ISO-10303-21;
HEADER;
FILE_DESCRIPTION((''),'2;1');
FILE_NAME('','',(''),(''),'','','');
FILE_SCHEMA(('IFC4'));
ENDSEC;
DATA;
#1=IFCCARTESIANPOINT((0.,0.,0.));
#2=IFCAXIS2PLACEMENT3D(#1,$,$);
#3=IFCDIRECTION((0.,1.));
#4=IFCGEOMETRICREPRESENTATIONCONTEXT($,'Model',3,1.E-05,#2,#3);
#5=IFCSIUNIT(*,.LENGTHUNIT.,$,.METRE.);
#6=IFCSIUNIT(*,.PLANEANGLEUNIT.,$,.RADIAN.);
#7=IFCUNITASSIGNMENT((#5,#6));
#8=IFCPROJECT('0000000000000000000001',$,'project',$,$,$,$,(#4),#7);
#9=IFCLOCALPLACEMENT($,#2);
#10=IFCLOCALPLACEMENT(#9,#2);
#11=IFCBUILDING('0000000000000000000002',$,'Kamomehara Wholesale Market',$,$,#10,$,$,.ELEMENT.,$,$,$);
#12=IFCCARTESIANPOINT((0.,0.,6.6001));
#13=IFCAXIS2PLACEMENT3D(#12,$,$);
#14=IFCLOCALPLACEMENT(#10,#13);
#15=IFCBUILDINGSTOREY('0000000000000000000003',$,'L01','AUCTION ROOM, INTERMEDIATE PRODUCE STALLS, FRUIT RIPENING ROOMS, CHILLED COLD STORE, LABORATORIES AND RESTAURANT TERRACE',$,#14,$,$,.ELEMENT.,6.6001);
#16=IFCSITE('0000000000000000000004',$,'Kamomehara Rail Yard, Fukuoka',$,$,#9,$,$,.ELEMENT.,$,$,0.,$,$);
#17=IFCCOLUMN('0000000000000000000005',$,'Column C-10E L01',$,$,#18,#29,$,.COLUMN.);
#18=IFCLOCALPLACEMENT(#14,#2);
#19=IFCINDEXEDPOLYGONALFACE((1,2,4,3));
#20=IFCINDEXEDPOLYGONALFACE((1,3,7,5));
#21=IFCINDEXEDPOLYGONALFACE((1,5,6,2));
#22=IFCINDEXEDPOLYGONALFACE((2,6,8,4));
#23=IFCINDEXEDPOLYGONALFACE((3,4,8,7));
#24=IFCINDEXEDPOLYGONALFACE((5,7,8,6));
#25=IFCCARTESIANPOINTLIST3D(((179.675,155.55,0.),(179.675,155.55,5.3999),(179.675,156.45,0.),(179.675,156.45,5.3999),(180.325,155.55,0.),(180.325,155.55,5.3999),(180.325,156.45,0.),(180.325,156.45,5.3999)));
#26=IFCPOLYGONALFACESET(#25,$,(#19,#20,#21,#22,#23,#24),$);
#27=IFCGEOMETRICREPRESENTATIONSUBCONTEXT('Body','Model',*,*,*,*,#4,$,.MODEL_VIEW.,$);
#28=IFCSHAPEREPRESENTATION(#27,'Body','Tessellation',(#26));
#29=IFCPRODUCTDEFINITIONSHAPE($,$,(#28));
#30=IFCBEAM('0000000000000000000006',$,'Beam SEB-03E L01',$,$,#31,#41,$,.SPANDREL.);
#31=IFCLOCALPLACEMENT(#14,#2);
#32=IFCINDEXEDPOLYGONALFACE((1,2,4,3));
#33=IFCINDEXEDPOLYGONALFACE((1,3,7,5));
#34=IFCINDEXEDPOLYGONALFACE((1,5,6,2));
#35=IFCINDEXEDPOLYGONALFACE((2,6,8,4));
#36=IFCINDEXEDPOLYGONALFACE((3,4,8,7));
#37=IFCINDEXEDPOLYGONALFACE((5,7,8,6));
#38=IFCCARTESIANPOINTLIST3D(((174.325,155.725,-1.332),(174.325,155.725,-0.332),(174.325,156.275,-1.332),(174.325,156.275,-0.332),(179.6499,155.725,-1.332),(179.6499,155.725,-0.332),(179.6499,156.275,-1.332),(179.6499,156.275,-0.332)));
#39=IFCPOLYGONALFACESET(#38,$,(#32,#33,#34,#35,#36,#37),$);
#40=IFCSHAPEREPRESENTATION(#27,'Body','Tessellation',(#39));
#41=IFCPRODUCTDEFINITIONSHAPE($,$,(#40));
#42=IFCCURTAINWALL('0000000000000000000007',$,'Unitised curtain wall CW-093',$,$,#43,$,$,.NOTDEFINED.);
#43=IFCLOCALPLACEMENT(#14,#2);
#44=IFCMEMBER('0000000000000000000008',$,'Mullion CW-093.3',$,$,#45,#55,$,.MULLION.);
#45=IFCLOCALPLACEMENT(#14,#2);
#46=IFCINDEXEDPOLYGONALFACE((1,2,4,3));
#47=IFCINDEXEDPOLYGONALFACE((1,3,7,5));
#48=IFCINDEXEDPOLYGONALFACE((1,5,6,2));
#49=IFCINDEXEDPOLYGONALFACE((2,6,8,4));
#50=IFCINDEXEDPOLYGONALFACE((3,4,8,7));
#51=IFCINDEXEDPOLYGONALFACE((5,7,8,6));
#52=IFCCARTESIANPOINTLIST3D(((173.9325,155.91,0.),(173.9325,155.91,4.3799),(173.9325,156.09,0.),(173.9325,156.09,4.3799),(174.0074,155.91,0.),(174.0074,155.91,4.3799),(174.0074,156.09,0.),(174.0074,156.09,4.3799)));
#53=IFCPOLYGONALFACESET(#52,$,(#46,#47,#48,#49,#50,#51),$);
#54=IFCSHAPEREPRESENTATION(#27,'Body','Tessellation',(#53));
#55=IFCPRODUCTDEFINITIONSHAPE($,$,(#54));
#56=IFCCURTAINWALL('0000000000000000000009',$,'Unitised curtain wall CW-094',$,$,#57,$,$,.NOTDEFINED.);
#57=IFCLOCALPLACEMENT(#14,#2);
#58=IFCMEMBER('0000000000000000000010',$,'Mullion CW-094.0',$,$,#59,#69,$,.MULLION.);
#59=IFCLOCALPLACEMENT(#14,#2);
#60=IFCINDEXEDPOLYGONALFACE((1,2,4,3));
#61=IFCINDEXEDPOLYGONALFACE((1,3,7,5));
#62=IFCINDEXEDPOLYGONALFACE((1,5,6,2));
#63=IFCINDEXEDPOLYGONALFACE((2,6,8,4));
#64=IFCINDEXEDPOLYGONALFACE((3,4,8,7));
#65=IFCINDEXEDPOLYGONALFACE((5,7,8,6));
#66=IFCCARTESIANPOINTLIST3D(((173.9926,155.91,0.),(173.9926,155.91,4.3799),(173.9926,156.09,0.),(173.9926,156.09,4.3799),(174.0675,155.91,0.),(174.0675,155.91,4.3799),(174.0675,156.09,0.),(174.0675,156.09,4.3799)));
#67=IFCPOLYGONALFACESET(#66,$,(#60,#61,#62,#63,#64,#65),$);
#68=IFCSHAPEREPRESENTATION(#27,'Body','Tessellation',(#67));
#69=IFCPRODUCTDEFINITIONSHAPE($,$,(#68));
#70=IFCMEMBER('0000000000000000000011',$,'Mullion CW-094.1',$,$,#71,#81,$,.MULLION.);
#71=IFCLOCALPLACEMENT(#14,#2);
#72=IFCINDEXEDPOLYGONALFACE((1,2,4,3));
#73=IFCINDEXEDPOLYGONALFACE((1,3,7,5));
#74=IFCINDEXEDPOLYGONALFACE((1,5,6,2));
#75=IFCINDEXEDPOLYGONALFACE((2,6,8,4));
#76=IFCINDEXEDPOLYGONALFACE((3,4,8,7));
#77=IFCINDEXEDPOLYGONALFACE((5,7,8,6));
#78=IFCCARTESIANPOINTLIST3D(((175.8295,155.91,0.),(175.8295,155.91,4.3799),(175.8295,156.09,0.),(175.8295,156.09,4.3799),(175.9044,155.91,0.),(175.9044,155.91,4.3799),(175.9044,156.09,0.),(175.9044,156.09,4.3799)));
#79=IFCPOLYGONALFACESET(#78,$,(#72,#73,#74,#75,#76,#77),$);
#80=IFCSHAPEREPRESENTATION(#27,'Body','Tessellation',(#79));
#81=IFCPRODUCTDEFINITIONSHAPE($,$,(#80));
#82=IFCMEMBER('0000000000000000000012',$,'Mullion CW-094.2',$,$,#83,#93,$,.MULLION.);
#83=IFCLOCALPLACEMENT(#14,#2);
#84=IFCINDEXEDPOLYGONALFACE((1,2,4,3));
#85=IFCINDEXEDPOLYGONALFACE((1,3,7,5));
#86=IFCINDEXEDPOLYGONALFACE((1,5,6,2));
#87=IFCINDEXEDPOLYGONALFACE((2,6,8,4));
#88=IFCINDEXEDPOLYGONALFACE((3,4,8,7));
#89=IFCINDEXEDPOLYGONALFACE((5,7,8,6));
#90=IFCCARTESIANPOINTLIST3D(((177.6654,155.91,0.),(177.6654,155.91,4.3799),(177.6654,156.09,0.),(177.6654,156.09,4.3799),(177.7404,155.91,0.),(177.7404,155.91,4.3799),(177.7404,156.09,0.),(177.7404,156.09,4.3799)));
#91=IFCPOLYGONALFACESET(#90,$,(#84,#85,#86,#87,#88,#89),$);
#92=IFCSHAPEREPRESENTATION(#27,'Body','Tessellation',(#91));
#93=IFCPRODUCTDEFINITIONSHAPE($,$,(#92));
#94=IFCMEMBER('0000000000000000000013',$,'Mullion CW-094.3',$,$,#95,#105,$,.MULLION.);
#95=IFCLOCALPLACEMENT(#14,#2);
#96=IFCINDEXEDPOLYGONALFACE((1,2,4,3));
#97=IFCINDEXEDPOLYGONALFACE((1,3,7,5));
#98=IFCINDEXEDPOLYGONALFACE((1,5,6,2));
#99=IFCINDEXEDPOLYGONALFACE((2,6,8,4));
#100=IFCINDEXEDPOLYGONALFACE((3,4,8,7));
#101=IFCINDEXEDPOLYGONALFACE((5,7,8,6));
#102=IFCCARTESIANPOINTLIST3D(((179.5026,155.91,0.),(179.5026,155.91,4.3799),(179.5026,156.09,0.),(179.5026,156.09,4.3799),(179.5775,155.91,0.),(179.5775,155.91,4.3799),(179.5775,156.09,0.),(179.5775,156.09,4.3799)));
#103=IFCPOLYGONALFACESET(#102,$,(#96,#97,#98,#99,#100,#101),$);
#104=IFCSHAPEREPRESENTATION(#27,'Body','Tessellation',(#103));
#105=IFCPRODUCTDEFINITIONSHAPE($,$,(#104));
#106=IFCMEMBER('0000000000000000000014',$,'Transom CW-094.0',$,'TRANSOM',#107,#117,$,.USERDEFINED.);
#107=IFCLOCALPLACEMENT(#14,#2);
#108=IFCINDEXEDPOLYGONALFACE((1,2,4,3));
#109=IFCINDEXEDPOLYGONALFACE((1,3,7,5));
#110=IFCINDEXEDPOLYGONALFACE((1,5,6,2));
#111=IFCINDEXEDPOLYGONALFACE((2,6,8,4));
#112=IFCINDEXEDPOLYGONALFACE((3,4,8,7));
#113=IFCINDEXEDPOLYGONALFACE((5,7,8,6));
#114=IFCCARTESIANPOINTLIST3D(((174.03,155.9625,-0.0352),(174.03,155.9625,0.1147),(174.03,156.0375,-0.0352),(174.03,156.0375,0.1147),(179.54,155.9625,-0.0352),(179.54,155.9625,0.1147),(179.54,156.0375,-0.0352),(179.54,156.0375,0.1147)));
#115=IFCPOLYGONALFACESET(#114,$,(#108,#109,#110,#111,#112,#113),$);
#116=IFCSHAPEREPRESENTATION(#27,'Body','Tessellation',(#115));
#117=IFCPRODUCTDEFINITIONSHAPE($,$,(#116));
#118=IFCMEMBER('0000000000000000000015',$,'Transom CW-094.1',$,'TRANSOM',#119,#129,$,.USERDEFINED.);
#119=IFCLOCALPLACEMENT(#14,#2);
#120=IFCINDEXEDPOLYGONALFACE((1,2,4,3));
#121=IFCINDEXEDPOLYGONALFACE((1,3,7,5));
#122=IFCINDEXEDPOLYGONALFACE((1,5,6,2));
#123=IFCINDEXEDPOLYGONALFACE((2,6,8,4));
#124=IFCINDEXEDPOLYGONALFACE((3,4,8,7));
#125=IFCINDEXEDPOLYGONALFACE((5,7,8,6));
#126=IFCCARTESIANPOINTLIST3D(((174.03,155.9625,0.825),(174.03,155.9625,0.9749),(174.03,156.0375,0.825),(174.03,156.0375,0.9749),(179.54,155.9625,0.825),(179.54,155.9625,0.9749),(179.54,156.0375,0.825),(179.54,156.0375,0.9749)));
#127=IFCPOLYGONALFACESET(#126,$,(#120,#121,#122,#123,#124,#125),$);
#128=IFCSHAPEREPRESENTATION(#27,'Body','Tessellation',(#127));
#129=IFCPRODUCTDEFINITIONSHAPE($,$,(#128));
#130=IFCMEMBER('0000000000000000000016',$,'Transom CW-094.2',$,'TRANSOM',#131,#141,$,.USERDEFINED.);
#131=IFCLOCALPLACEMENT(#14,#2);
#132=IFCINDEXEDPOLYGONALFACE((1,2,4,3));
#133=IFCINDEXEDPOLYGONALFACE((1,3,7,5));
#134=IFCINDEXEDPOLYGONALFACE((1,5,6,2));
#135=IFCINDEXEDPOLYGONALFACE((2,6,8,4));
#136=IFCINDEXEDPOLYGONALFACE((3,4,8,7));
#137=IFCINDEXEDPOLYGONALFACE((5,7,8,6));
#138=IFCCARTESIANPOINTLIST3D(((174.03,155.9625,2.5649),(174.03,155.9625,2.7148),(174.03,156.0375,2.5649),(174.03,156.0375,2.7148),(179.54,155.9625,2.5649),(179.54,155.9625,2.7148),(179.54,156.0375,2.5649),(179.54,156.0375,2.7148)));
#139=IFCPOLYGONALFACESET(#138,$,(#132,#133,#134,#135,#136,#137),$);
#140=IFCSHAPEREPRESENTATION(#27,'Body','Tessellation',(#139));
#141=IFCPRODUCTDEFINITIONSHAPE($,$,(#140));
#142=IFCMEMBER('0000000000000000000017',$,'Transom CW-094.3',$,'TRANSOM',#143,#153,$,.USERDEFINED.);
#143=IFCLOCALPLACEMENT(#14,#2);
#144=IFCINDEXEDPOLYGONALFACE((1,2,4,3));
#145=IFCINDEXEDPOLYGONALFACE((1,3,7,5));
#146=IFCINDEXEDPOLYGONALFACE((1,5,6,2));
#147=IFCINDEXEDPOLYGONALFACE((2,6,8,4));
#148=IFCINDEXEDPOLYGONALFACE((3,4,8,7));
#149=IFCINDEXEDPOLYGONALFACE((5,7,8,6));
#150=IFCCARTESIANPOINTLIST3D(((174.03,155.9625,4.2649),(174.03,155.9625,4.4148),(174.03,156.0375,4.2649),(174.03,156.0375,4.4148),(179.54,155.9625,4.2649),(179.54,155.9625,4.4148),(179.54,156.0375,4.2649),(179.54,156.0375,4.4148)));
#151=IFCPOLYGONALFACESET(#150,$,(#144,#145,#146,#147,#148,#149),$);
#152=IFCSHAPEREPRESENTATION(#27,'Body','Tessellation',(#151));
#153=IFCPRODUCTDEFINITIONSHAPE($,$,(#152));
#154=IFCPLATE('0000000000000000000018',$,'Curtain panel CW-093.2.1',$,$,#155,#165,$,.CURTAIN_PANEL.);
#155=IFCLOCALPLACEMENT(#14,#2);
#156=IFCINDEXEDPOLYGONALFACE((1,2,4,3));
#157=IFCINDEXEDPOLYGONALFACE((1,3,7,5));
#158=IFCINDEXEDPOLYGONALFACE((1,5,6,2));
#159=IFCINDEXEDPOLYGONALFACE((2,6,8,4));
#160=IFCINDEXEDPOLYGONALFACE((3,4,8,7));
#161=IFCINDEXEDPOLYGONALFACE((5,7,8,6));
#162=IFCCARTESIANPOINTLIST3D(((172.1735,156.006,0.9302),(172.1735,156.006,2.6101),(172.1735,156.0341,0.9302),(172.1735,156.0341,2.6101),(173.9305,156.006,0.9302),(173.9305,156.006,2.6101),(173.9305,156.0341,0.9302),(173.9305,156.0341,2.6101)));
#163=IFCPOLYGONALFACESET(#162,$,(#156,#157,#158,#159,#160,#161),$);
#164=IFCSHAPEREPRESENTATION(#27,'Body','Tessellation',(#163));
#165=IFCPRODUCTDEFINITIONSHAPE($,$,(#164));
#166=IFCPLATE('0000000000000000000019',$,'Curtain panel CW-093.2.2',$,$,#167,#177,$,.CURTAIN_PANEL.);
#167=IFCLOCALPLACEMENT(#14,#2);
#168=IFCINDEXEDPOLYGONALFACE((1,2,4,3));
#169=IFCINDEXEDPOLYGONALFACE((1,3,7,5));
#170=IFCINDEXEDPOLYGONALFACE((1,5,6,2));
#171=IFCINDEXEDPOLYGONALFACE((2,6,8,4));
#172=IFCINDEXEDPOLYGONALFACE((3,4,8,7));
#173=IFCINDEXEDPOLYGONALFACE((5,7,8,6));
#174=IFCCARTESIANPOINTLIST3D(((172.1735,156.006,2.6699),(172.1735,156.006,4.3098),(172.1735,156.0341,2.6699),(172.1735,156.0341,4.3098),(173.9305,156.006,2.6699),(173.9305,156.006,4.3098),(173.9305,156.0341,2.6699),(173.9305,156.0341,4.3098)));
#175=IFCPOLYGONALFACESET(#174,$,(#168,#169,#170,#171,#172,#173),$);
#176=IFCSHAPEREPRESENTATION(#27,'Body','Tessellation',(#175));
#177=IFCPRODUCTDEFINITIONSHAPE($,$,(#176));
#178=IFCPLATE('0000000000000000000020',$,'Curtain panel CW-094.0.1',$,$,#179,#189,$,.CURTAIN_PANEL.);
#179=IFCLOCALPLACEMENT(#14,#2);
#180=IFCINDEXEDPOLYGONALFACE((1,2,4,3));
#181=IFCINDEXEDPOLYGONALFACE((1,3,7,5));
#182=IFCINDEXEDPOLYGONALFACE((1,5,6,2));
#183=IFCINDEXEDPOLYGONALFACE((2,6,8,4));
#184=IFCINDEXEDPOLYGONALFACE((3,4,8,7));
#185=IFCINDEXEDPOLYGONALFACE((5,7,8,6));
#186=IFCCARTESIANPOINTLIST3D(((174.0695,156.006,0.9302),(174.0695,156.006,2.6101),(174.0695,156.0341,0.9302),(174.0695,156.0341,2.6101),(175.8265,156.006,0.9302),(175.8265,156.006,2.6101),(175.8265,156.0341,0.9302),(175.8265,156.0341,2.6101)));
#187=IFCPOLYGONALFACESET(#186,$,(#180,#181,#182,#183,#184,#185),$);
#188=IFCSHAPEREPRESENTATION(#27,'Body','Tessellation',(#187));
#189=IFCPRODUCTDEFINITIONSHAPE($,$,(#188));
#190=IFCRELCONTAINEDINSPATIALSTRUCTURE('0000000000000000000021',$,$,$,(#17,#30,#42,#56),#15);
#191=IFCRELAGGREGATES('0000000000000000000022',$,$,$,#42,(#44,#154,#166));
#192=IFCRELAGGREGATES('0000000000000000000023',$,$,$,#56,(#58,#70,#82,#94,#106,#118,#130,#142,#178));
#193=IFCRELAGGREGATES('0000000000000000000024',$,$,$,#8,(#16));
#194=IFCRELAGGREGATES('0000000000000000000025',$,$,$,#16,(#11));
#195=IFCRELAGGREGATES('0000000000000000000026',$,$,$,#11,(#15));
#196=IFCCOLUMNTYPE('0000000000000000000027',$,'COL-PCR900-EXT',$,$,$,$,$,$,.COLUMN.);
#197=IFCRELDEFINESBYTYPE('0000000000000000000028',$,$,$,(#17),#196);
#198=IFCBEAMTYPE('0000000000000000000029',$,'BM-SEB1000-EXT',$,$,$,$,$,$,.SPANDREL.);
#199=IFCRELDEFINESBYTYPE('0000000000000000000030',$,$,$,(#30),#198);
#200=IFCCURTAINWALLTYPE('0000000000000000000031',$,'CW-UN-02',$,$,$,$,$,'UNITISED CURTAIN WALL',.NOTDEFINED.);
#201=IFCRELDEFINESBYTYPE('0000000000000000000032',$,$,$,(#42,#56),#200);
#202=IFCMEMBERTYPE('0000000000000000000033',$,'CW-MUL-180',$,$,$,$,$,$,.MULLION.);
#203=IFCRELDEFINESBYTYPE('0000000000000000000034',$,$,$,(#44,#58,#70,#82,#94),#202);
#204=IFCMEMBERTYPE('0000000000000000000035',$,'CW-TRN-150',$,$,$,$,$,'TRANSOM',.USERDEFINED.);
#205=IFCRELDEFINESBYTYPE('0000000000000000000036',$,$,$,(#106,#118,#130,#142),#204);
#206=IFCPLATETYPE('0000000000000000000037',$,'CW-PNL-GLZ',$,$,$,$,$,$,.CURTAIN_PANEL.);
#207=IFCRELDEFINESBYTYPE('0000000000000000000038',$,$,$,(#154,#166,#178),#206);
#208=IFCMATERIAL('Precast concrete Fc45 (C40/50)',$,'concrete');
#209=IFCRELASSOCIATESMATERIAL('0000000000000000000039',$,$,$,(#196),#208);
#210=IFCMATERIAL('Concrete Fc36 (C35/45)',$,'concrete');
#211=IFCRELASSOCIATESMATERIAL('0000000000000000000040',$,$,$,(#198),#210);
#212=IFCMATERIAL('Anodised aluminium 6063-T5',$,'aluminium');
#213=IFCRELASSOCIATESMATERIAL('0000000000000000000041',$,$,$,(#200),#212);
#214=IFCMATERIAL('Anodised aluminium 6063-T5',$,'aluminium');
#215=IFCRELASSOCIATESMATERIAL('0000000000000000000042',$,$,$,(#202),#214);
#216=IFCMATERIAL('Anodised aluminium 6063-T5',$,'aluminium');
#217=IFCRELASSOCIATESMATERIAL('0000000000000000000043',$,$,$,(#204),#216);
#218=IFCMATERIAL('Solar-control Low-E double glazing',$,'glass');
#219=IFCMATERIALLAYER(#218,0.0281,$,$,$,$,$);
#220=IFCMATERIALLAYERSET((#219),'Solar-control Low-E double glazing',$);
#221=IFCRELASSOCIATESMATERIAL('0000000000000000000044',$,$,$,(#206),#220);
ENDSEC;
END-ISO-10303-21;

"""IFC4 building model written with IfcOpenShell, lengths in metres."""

from ifc_helpers import new_model, si_unit, direction, frame, origin, origin_2d, place, context, subcontext, project, spatial, rectangle, extrude, material, layer, layer_set, material_profile, profile_set, type_object, element, aggregate, save


model = new_model("IFC4")

# Units and contexts
model_context = context("Model", 3, precision=1e-05, world=origin(), true_north=direction((0.0, 1.0)))
body_context = subcontext(model_context, "Body", "Model", "MODEL_VIEW")
ifc_project = project(units=[si_unit("LENGTHUNIT", "METRE"), si_unit("PLANEANGLEUNIT", "RADIAN")], contexts=[model_context])

# Site, building, storey
site_placement = place(None, origin())
site = spatial("IfcSite", under=ifc_project, at=site_placement, Name="Kamomehara Rail Yard, Fukuoka", CompositionType="ELEMENT", RefElevation=0.0)
building_placement = place(site_placement, origin())
building = spatial("IfcBuilding", under=site, at=building_placement, Name="Kamomehara Wholesale Market", CompositionType="ELEMENT")
storey_placement = place(building_placement, frame((0.0, 0.0, 6.6001)))
storey = spatial("IfcBuildingStorey", under=building, at=storey_placement, Name="L01", Description="AUCTION ROOM, INTERMEDIATE PRODUCE STALLS, FRUIT RIPENING ROOMS, CHILLED COLD STORE, LABORATORIES AND RESTAURANT TERRACE", CompositionType="ELEMENT", Elevation=6.6001)

# Column
ifc_material_1 = material(Name="Precast concrete Fc45 (C40/50)", Category="concrete")
ifc_material_profile_1 = material_profile(ifc_material_1, rectangle(XDim=0.6499, YDim=0.8999, at=origin_2d()), Name="PC-COL-650x900")
ifc_profile_set_1 = profile_set([ifc_material_profile_1], Name="Precast concrete Fc45 (C40/50)")
column_type = type_object("IfcColumnType", Name="COL-PCR900-EXT", PredefinedType="COLUMN", material=ifc_profile_set_1)
column_placement = place(storey_placement, frame((180.0, 156.0, 0.0), z_axis=(0.0, 0.0, 1.0), x_axis=(1.0, 0.0, 0.0)))
element("IfcColumn", 1, at=column_placement, inside=storey, type_object=column_type, Name="Column C-10E L01", PredefinedType="COLUMN", context=body_context, shape_type="SweptSolid", body=[
    extrude(rectangle(XDim=0.6499, YDim=0.8999, at=origin_2d()), origin(), (0.0, 0.0, 1.0), 5.3999),
])

# Beam
ifc_material_2 = material(Name="Concrete Fc36 (C35/45)", Category="concrete")
ifc_material_profile_2 = material_profile(ifc_material_2, rectangle(XDim=0.55, YDim=1.0, at=origin_2d()), Name="RC-SEB-550x1000")
ifc_profile_set_2 = profile_set([ifc_material_profile_2], Name="Concrete Fc36 (C35/45)")
beam_type = type_object("IfcBeamType", Name="BM-SEB1000-EXT", PredefinedType="SPANDREL", material=ifc_profile_set_2)
beam_placement = place(storey_placement, frame((174.325, 156.0, -0.832), z_axis=(1.0, 0.0, 0.0), x_axis=(0.0, 1.0, 0.0)))
element("IfcBeam", 2, at=beam_placement, inside=storey, type_object=beam_type, Name="Beam SEB-03E L01", PredefinedType="SPANDREL", context=body_context, shape_type="SweptSolid", body=[
    extrude(rectangle(XDim=0.55, YDim=1.0, at=origin_2d()), origin(), (0.0, 0.0, 1.0), 5.325),
])

# Curtain wall, member
ifc_material_3 = material(Name="Anodised aluminium 6063-T5", Category="aluminium")
curtain_wall_type = type_object("IfcCurtainWallType", Name="CW-UN-02", ElementType="UNITISED CURTAIN WALL", PredefinedType="NOTDEFINED", material=ifc_material_3)
curtain_wall_1_placement = place(storey_placement, origin())
curtain_wall_1 = element("IfcCurtainWall", 3, at=curtain_wall_1_placement, inside=storey, type_object=curtain_wall_type, Name="Unitised curtain wall CW-093", PredefinedType="NOTDEFINED")
ifc_material_4 = material(Name="Anodised aluminium 6063-T5", Category="aluminium")
ifc_material_profile_3 = material_profile(ifc_material_4, rectangle(XDim=0.075, YDim=0.1799, at=origin_2d()), Name="ALU-MUL-75x180")
ifc_profile_set_3 = profile_set([ifc_material_profile_3], Name="Anodised aluminium 6063-T5")
member_type_1 = type_object("IfcMemberType", Name="CW-MUL-180", PredefinedType="MULLION", material=ifc_profile_set_3)
member_1_placement = place(storey_placement, frame((173.97, 156.0, 0.0), z_axis=(0.0, 0.0, 1.0), x_axis=(1.0, 0.0, 0.0)))
member_1 = element("IfcMember", 4, at=member_1_placement, type_object=member_type_1, Name="Mullion CW-093.3", PredefinedType="MULLION", context=body_context, shape_type="SweptSolid", body=[
    extrude(rectangle(XDim=0.075, YDim=0.1799, at=origin_2d()), origin(), (0.0, 0.0, 1.0), 4.3799),
])

# Curtain wall, members
curtain_wall_2_placement = place(storey_placement, origin())
curtain_wall_2 = element("IfcCurtainWall", 5, at=curtain_wall_2_placement, inside=storey, type_object=curtain_wall_type, Name="Unitised curtain wall CW-094", PredefinedType="NOTDEFINED")
member_2_placement = place(storey_placement, frame((174.03, 156.0, 0.0), z_axis=(0.0, 0.0, 1.0), x_axis=(1.0, 0.0, 0.0)))
member_2 = element("IfcMember", 6, at=member_2_placement, type_object=member_type_1, Name="Mullion CW-094.0", PredefinedType="MULLION", context=body_context, shape_type="SweptSolid", body=[
    extrude(rectangle(XDim=0.075, YDim=0.1799, at=origin_2d()), origin(), (0.0, 0.0, 1.0), 4.3799),
])
member_3_placement = place(storey_placement, frame((175.8669, 156.0, 0.0), z_axis=(0.0, 0.0, 1.0), x_axis=(1.0, 0.0, 0.0)))
member_3 = element("IfcMember", 7, at=member_3_placement, type_object=member_type_1, Name="Mullion CW-094.1", PredefinedType="MULLION", context=body_context, shape_type="SweptSolid", body=[
    extrude(rectangle(XDim=0.075, YDim=0.1799, at=origin_2d()), origin(), (0.0, 0.0, 1.0), 4.3799),
])
member_4_placement = place(storey_placement, frame((177.7029, 156.0, 0.0), z_axis=(0.0, 0.0, 1.0), x_axis=(1.0, 0.0, 0.0)))
member_4 = element("IfcMember", 8, at=member_4_placement, type_object=member_type_1, Name="Mullion CW-094.2", PredefinedType="MULLION", context=body_context, shape_type="SweptSolid", body=[
    extrude(rectangle(XDim=0.075, YDim=0.1799, at=origin_2d()), origin(), (0.0, 0.0, 1.0), 4.3799),
])
member_5_placement = place(storey_placement, frame((179.54, 156.0, 0.0), z_axis=(0.0, 0.0, 1.0), x_axis=(1.0, 0.0, 0.0)))
member_5 = element("IfcMember", 9, at=member_5_placement, type_object=member_type_1, Name="Mullion CW-094.3", PredefinedType="MULLION", context=body_context, shape_type="SweptSolid", body=[
    extrude(rectangle(XDim=0.075, YDim=0.1799, at=origin_2d()), origin(), (0.0, 0.0, 1.0), 4.3799),
])
ifc_material_5 = material(Name="Anodised aluminium 6063-T5", Category="aluminium")
ifc_material_profile_4 = material_profile(ifc_material_5, rectangle(XDim=0.075, YDim=0.1499, at=origin_2d()), Name="ALU-TRN-75x150")
ifc_profile_set_4 = profile_set([ifc_material_profile_4], Name="Anodised aluminium 6063-T5")
member_type_2 = type_object("IfcMemberType", Name="CW-TRN-150", ElementType="TRANSOM", PredefinedType="USERDEFINED", material=ifc_profile_set_4)
member_6_placement = place(storey_placement, frame((174.03, 156.0, 0.0398), z_axis=(1.0, 0.0, 0.0), x_axis=(0.0, 1.0, 0.0)))
member_6 = element("IfcMember", 10, at=member_6_placement, type_object=member_type_2, Name="Transom CW-094.0", ObjectType="TRANSOM", PredefinedType="USERDEFINED", context=body_context, shape_type="SweptSolid", body=[
    extrude(rectangle(XDim=0.075, YDim=0.1499, at=origin_2d()), origin(), (0.0, 0.0, 1.0), 5.51),
])
member_7_placement = place(storey_placement, frame((174.03, 156.0, 0.8999), z_axis=(1.0, 0.0, 0.0), x_axis=(0.0, 1.0, 0.0)))
member_7 = element("IfcMember", 11, at=member_7_placement, type_object=member_type_2, Name="Transom CW-094.1", ObjectType="TRANSOM", PredefinedType="USERDEFINED", context=body_context, shape_type="SweptSolid", body=[
    extrude(rectangle(XDim=0.075, YDim=0.1499, at=origin_2d()), origin(), (0.0, 0.0, 1.0), 5.51),
])
member_8_placement = place(storey_placement, frame((174.03, 156.0, 2.6399), z_axis=(1.0, 0.0, 0.0), x_axis=(0.0, 1.0, 0.0)))
member_8 = element("IfcMember", 12, at=member_8_placement, type_object=member_type_2, Name="Transom CW-094.2", ObjectType="TRANSOM", PredefinedType="USERDEFINED", context=body_context, shape_type="SweptSolid", body=[
    extrude(rectangle(XDim=0.075, YDim=0.1499, at=origin_2d()), origin(), (0.0, 0.0, 1.0), 5.51),
])
member_9_placement = place(storey_placement, frame((174.03, 156.0, 4.3398), z_axis=(1.0, 0.0, 0.0), x_axis=(0.0, 1.0, 0.0)))
member_9 = element("IfcMember", 13, at=member_9_placement, type_object=member_type_2, Name="Transom CW-094.3", ObjectType="TRANSOM", PredefinedType="USERDEFINED", context=body_context, shape_type="SweptSolid", body=[
    extrude(rectangle(XDim=0.075, YDim=0.1499, at=origin_2d()), origin(), (0.0, 0.0, 1.0), 5.51),
])

# Plates
ifc_material_6 = material(Name="Solar-control Low-E double glazing", Category="glass")
ifc_layer_1 = layer(ifc_material_6, 0.0281)
ifc_layer_set_1 = layer_set([ifc_layer_1], Name="Solar-control Low-E double glazing")
plate_type_1 = type_object("IfcPlateType", Name="CW-PNL-GLZ", PredefinedType="CURTAIN_PANEL", material=ifc_layer_set_1)
plate_1_placement = place(storey_placement, frame((173.052, 156.02, 0.9302), z_axis=(0.0, 0.0, 1.0), x_axis=(1.0, 0.0, 0.0)))
plate_1 = element("IfcPlate", 14, at=plate_1_placement, type_object=plate_type_1, Name="Curtain panel CW-093.2.1", PredefinedType="CURTAIN_PANEL", context=body_context, shape_type="SweptSolid", body=[
    extrude(rectangle(XDim=1.7571, YDim=0.0281, at=origin_2d()), origin(), (0.0, 0.0, 1.0), 1.6799),
])
plate_2_placement = place(storey_placement, frame((173.052, 156.02, 2.6699), z_axis=(0.0, 0.0, 1.0), x_axis=(1.0, 0.0, 0.0)))
plate_2 = element("IfcPlate", 15, at=plate_2_placement, type_object=plate_type_1, Name="Curtain panel CW-093.2.2", PredefinedType="CURTAIN_PANEL", context=body_context, shape_type="SweptSolid", body=[
    extrude(rectangle(XDim=1.7571, YDim=0.0281, at=origin_2d()), origin(), (0.0, 0.0, 1.0), 1.6399),
])
aggregate(curtain_wall_1, [member_1, plate_1, plate_2])
plate_3_placement = place(storey_placement, frame((174.948, 156.02, 0.9302), z_axis=(0.0, 0.0, 1.0), x_axis=(1.0, 0.0, 0.0)))
plate_3 = element("IfcPlate", 16, at=plate_3_placement, type_object=plate_type_1, Name="Curtain panel CW-094.0.1", PredefinedType="CURTAIN_PANEL", context=body_context, shape_type="SweptSolid", body=[
    extrude(rectangle(XDim=1.7571, YDim=0.0281, at=origin_2d()), origin(), (0.0, 0.0, 1.0), 1.6799),
])
aggregate(curtain_wall_2, [member_2, member_3, member_4, member_5, member_6, member_7, member_8, member_9, plate_3])

save(model, "model.ifc")
